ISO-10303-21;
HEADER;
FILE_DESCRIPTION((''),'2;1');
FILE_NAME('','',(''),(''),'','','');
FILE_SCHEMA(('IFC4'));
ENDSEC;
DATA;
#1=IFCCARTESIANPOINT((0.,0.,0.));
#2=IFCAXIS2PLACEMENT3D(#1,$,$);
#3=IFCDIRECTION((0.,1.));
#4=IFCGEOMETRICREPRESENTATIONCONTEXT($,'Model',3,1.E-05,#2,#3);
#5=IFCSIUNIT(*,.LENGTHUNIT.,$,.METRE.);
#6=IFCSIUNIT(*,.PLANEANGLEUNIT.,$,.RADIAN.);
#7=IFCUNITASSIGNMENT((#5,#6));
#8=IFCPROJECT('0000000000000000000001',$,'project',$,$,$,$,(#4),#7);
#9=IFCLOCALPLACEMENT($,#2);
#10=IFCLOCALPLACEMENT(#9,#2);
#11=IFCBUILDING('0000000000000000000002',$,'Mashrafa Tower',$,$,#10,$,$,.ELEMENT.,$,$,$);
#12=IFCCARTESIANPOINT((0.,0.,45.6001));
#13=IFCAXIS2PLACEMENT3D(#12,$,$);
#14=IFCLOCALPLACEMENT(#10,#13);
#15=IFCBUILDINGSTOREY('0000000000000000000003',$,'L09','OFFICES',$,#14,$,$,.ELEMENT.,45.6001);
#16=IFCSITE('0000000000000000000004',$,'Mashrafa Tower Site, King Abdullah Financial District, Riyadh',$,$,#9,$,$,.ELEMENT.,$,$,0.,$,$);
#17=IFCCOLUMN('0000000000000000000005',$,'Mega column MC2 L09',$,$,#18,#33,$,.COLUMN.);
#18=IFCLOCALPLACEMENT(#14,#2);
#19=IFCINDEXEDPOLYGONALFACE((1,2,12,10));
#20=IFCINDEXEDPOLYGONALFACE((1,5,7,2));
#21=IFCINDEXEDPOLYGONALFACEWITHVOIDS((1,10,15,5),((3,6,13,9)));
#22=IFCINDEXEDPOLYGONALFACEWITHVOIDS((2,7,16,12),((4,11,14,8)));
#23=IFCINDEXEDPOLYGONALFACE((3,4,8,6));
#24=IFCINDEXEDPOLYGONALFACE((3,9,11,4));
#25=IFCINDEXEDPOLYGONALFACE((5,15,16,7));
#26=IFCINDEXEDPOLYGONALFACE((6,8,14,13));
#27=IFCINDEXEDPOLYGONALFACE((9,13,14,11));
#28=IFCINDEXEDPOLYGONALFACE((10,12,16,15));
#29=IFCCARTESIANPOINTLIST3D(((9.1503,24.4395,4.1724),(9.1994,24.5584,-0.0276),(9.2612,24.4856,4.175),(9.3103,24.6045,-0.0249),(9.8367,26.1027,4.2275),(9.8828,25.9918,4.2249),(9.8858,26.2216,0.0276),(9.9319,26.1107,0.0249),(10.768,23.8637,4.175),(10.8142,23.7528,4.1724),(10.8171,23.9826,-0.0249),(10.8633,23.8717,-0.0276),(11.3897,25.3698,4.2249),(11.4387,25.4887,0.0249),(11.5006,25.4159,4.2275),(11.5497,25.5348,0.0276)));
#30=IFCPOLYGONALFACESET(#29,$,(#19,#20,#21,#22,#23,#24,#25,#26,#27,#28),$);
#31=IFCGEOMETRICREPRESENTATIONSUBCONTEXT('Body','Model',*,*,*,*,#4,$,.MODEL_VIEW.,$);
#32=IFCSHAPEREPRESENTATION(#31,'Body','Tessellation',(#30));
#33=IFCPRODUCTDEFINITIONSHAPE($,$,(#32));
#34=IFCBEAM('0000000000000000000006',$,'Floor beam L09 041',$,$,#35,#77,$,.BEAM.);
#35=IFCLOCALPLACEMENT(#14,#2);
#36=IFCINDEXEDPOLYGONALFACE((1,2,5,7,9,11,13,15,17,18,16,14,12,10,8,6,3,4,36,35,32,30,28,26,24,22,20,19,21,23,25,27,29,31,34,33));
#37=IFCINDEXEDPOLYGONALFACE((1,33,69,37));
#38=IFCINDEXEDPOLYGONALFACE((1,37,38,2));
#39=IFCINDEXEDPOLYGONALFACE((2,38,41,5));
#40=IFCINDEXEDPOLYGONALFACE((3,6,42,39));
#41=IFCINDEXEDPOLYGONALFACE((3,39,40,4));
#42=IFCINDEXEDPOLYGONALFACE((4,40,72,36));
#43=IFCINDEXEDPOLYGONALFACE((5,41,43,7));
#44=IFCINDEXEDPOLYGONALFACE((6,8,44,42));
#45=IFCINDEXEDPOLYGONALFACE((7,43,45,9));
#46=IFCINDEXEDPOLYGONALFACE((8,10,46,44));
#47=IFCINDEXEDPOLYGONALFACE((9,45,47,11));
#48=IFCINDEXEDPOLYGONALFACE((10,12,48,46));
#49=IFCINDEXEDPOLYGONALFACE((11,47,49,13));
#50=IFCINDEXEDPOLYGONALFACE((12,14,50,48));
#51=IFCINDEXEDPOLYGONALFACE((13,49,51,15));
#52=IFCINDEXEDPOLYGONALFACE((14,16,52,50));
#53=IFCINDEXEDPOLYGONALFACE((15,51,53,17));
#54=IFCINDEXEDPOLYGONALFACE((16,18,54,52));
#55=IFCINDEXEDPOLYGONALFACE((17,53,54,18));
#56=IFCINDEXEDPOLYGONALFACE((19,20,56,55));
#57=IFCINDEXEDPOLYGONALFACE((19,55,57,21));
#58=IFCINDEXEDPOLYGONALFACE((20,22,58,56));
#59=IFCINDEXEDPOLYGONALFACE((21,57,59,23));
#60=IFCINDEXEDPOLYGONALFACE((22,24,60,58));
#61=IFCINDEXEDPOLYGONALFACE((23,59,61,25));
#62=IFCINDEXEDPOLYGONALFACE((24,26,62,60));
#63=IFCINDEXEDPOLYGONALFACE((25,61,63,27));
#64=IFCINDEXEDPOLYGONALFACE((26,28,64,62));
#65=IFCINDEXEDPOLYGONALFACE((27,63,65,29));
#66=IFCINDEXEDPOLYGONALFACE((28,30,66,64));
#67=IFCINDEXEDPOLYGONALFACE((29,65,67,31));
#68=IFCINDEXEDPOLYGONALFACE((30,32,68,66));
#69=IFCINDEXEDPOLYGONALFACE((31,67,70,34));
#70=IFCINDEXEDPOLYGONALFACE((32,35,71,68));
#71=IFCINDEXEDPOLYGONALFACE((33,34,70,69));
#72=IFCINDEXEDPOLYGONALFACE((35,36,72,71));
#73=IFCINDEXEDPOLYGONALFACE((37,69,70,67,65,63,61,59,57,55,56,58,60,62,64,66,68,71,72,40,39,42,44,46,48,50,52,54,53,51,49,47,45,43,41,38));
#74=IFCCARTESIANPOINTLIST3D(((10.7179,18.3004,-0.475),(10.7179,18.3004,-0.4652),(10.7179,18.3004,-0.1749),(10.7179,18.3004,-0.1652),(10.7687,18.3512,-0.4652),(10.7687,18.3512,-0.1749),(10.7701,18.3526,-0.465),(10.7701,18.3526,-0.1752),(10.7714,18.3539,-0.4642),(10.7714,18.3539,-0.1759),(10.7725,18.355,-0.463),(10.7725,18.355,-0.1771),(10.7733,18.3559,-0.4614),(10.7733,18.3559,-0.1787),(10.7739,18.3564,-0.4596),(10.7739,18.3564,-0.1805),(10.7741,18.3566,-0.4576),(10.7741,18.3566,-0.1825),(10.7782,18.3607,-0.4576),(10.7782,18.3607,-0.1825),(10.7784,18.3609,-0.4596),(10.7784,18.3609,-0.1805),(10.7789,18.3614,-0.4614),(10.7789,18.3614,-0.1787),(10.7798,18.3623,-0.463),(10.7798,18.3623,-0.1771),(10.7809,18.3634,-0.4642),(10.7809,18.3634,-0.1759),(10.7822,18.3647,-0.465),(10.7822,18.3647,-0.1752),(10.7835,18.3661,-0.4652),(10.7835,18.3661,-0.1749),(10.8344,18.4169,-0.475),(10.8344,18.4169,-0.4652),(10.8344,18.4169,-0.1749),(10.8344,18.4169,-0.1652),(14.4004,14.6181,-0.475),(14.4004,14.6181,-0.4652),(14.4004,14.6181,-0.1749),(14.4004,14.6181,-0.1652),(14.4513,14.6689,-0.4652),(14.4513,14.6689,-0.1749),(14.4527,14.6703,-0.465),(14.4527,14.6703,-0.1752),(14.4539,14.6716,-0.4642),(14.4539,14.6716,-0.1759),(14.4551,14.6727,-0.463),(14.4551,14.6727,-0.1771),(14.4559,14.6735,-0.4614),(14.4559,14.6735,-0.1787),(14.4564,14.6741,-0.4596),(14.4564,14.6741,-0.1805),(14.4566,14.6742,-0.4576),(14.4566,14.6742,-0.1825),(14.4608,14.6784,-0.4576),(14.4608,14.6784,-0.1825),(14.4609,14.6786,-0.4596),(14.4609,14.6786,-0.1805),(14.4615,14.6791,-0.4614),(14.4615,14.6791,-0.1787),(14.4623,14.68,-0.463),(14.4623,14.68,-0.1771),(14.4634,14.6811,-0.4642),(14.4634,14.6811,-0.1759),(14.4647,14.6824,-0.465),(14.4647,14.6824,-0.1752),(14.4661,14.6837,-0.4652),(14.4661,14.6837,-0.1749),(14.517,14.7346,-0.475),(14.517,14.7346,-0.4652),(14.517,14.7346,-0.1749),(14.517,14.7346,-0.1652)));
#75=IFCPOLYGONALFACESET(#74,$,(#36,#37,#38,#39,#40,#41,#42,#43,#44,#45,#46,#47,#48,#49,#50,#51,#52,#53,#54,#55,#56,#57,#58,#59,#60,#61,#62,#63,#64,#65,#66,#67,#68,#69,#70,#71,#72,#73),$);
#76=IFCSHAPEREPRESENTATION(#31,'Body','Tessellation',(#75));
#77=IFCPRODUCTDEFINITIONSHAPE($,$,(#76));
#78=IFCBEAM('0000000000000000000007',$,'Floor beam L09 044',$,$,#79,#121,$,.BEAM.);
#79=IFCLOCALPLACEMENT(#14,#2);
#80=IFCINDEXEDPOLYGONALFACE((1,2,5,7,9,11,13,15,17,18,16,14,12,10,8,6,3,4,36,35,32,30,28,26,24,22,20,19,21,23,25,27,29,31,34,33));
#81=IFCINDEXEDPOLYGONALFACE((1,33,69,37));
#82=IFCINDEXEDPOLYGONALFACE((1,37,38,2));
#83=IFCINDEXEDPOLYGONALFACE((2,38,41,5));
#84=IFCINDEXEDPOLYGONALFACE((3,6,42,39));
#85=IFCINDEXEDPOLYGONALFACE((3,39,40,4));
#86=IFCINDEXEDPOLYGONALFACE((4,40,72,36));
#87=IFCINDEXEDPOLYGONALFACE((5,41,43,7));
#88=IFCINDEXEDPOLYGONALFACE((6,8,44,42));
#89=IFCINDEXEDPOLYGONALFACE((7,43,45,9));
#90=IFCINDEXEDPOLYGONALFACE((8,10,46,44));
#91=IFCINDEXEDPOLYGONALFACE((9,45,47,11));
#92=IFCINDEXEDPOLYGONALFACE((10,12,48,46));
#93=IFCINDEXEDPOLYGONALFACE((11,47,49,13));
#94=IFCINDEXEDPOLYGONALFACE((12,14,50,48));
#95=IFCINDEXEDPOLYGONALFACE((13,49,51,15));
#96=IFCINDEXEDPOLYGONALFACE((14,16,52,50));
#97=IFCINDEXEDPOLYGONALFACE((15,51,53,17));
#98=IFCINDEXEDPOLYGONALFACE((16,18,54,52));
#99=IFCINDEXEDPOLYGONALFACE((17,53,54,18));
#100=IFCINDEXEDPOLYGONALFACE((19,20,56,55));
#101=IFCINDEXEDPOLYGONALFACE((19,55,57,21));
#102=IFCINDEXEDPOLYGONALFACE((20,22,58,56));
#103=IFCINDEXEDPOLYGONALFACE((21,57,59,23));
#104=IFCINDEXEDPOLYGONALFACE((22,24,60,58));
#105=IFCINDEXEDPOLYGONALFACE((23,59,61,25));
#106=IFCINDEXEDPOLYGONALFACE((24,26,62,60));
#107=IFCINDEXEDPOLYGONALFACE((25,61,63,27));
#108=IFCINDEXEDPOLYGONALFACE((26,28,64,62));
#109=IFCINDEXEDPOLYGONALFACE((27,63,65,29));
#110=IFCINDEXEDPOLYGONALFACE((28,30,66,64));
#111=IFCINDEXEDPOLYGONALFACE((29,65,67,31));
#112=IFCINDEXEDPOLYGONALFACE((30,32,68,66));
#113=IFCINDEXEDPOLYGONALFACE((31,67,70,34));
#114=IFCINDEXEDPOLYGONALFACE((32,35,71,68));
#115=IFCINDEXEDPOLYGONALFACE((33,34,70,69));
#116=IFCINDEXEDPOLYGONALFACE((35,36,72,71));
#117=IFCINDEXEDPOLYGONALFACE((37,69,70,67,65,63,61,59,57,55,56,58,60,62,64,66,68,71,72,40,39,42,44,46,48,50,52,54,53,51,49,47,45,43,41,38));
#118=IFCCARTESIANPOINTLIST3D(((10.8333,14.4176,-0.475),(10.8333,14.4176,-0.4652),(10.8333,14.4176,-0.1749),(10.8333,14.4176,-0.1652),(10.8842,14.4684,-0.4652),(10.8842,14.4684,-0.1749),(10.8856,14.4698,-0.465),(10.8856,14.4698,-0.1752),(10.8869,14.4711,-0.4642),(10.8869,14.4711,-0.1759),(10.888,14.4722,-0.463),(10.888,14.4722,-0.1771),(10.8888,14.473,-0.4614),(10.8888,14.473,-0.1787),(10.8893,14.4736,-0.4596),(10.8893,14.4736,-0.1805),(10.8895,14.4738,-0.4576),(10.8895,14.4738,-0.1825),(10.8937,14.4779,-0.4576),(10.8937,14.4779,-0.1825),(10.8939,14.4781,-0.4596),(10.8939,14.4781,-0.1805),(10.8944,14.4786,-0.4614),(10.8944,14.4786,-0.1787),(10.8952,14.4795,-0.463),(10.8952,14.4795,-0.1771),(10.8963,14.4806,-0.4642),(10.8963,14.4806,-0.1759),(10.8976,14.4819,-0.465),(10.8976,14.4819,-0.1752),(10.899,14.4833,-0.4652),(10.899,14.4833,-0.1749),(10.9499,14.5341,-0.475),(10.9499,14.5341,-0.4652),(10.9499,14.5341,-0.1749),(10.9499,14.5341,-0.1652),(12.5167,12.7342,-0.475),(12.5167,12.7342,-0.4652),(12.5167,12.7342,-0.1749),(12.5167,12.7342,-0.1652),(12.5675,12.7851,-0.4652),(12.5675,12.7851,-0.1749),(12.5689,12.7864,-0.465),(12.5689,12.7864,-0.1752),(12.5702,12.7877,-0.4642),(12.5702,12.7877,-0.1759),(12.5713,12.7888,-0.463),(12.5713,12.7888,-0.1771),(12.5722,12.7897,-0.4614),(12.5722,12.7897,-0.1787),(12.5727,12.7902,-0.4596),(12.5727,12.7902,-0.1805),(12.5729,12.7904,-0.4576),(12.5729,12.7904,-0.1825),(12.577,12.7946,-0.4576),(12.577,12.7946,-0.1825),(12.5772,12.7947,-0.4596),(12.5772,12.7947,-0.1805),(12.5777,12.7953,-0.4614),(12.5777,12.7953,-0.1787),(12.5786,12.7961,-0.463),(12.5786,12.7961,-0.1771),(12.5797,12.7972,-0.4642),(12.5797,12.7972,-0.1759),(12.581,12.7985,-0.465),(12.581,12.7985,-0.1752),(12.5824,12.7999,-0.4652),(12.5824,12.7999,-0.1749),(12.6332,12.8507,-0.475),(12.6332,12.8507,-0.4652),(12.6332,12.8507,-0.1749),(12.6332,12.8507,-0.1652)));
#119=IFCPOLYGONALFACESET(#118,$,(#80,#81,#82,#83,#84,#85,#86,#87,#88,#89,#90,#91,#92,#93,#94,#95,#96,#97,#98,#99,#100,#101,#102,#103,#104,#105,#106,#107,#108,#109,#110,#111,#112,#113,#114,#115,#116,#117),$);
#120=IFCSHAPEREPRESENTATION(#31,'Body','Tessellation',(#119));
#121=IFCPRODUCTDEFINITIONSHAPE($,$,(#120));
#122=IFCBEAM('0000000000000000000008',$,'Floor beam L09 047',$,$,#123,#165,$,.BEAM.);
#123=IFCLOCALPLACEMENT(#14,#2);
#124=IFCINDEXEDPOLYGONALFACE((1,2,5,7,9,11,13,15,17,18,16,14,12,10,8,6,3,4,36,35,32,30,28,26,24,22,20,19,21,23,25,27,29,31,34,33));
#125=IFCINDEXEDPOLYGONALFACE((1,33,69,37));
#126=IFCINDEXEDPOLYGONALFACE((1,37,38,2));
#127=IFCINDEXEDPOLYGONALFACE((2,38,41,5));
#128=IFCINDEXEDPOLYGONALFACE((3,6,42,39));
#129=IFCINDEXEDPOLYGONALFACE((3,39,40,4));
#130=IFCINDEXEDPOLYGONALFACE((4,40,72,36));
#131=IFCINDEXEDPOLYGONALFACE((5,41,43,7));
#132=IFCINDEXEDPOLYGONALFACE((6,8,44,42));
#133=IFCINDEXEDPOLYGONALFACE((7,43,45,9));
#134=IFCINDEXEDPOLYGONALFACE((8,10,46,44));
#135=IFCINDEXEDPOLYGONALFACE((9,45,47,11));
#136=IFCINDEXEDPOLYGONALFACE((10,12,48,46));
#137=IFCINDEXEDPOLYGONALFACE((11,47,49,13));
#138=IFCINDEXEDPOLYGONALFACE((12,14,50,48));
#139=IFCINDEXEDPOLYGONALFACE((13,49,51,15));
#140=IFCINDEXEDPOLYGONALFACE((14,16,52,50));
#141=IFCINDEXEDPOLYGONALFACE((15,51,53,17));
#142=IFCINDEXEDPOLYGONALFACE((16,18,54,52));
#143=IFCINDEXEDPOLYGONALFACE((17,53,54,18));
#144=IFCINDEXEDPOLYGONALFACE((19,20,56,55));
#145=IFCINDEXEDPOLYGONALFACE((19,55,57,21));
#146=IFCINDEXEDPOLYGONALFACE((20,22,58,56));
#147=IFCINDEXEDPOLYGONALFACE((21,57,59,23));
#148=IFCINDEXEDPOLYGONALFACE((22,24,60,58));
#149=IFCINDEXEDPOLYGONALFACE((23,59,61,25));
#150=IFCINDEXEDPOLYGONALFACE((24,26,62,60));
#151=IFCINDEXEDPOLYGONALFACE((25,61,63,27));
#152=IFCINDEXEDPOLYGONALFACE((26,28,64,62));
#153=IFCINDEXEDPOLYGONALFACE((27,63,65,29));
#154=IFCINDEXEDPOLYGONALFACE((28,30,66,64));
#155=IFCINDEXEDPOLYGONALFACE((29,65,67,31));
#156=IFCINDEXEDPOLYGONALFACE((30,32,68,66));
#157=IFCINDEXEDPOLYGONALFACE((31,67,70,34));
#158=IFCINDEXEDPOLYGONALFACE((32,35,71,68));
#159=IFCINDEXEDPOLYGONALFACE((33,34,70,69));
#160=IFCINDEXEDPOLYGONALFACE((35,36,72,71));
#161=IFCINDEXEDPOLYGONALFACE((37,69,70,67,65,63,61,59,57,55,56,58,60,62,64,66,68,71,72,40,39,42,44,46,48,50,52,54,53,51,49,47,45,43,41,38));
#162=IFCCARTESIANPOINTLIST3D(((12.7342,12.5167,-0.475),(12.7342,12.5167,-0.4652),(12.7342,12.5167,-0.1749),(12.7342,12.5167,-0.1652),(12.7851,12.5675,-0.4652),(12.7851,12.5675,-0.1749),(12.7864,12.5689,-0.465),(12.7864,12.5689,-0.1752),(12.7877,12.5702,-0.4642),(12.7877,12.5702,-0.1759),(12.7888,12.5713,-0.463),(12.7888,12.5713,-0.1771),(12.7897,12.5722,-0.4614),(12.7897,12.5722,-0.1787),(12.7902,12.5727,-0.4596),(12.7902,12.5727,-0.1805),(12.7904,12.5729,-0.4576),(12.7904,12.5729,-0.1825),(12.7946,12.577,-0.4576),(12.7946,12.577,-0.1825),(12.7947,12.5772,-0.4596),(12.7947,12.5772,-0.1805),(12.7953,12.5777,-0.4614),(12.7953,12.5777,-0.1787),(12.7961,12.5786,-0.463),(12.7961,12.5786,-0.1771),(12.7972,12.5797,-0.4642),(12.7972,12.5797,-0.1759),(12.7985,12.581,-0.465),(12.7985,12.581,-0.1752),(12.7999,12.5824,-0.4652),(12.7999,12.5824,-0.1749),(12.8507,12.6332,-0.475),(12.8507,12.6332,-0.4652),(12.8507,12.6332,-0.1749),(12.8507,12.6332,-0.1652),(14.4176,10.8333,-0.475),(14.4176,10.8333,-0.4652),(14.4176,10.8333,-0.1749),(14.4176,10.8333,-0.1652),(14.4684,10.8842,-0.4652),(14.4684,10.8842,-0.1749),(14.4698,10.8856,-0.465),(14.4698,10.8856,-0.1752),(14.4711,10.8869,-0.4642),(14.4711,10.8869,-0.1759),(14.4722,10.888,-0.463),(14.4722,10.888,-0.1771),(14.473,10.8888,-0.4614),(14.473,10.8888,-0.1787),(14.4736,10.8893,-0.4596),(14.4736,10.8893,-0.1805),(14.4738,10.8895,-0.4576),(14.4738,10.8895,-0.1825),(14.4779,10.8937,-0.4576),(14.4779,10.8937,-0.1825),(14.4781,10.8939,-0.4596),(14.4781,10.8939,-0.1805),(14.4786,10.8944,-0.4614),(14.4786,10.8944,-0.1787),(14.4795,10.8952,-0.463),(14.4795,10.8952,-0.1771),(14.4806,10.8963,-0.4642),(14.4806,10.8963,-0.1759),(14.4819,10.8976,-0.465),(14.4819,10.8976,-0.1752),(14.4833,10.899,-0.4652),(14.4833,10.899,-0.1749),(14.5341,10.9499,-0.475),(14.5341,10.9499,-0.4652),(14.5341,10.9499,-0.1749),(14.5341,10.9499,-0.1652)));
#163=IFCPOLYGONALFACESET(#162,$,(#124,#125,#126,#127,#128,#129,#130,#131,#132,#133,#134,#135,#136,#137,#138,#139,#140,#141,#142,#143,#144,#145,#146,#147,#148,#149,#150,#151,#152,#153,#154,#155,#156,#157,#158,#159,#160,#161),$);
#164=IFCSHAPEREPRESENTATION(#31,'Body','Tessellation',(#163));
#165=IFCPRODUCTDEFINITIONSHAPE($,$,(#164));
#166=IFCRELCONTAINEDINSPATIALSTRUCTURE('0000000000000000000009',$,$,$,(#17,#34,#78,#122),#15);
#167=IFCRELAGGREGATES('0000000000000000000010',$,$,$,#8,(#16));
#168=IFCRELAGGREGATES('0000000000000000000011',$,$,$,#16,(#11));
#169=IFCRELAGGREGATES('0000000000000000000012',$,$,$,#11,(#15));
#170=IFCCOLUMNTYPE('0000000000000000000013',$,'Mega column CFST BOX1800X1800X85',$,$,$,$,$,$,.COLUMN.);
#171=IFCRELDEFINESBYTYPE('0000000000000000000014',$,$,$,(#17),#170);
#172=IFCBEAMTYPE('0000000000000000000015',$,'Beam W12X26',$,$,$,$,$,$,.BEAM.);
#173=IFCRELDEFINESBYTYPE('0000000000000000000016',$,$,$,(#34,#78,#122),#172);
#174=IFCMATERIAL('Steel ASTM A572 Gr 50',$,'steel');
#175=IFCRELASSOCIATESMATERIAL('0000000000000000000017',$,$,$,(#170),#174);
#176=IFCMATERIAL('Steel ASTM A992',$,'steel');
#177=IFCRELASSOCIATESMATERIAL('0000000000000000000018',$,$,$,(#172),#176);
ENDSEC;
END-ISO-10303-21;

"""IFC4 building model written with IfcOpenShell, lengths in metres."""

from ifc_helpers import new_model, si_unit, direction, frame, origin, origin_2d, place, context, subcontext, project, spatial, hollow_rectangle, i_section, extrude, material, material_profile, profile_set, type_object, element, save


model = new_model("IFC4")

# Units and contexts
model_context = context("Model", 3, precision=1e-05, world=origin(), true_north=direction((0.0, 1.0)))
body_context = subcontext(model_context, "Body", "Model", "MODEL_VIEW")
ifc_project = project(units=[si_unit("LENGTHUNIT", "METRE"), si_unit("PLANEANGLEUNIT", "RADIAN")], contexts=[model_context])

# Site, building, storey
site_placement = place(None, origin())
site = spatial("IfcSite", under=ifc_project, at=site_placement, Name="Mashrafa Tower Site, King Abdullah Financial District, Riyadh", CompositionType="ELEMENT", RefElevation=0.0)
building_placement = place(site_placement, origin())
building = spatial("IfcBuilding", under=site, at=building_placement, Name="Mashrafa Tower", CompositionType="ELEMENT")
storey_placement = place(building_placement, frame((0.0, 0.0, 45.6001)))
storey = spatial("IfcBuildingStorey", under=building, at=storey_placement, Name="L09", Description="OFFICES", CompositionType="ELEMENT", Elevation=45.6001)

# Column
ifc_material_1 = material(Name="Steel ASTM A572 Gr 50", Category="steel")
ifc_material_profile_1 = material_profile(ifc_material_1, hollow_rectangle(XDim=1.8, YDim=1.8, WallThickness=0.085, at=origin_2d()), Name="BOX1800X1800X85")
ifc_profile_set_1 = profile_set([ifc_material_profile_1], Name="Steel ASTM A572 Gr 50")
column_type = type_object("IfcColumnType", Name="Mega column CFST BOX1800X1800X85", PredefinedType="COLUMN", material=ifc_profile_set_1)
column_placement = place(storey_placement, frame((10.3745, 25.0466, 0.0), z_axis=(-0.011679, -0.028296, 0.999531), x_axis=(0.924363, -0.381513, 0.0)))
element("IfcColumn", 1, at=column_placement, inside=storey, type_object=column_type, Name="Mega column MC2 L09", PredefinedType="COLUMN", context=body_context, shape_type="SweptSolid", body=[
    extrude(hollow_rectangle(XDim=1.8, YDim=1.8, WallThickness=0.085, at=origin_2d()), origin(), (0.0, 0.0, 1.0), 4.2019),
])

# Beams
ifc_material_2 = material(Name="Steel ASTM A992", Category="steel")
ifc_material_profile_2 = material_profile(ifc_material_2, i_section(OverallWidth=0.1648, OverallDepth=0.3098, WebThickness=0.0059, FlangeThickness=0.0098, FilletRadius=0.0076, at=origin_2d()), Name="W12X26")
ifc_profile_set_2 = profile_set([ifc_material_profile_2], Name="Steel ASTM A992")
beam_type_1 = type_object("IfcBeamType", Name="Beam W12X26", PredefinedType="BEAM", material=ifc_profile_set_2)
beam_1_placement = place(storey_placement, frame((10.7761, 18.3586, -0.3201), z_axis=(0.70713, -0.707083, 0.0), x_axis=(0.707083, 0.70713, 0.0)))
element("IfcBeam", 2, at=beam_1_placement, inside=storey, type_object=beam_type_1, Name="Floor beam L09 041", PredefinedType="BEAM", context=body_context, shape_type="SweptSolid", body=[
    extrude(i_section(OverallWidth=0.1648, OverallDepth=0.3098, WebThickness=0.0059, FlangeThickness=0.0098, FilletRadius=0.0076, at=origin_2d()), origin(), (0.0, 0.0, 1.0), 5.2078),
])
for number, where, z_axis, x_axis, name in (
    (3, (10.8916, 14.4758, -0.3201), (0.707107, -0.707107, 0.0), (0.707107, 0.707107, 0.0), "Floor beam L09 044"),
    (4, (12.7925, 12.575, -0.3201), (0.707107, -0.707107, 0.0), (0.707107, 0.707107, 0.0), "Floor beam L09 047"),
):
    element("IfcBeam", number, at=place(storey_placement, frame(where, z_axis=z_axis, x_axis=x_axis)), inside=storey, type_object=beam_type_1, Name=name, PredefinedType="BEAM", context=body_context, shape_type="SweptSolid", body=[
        extrude(i_section(OverallWidth=0.1648, OverallDepth=0.3098, WebThickness=0.0059, FlangeThickness=0.0098, FilletRadius=0.0076, at=origin_2d()), origin(), (0.0, 0.0, 1.0), 2.3806),
    ])

save(model, "model.ifc")
